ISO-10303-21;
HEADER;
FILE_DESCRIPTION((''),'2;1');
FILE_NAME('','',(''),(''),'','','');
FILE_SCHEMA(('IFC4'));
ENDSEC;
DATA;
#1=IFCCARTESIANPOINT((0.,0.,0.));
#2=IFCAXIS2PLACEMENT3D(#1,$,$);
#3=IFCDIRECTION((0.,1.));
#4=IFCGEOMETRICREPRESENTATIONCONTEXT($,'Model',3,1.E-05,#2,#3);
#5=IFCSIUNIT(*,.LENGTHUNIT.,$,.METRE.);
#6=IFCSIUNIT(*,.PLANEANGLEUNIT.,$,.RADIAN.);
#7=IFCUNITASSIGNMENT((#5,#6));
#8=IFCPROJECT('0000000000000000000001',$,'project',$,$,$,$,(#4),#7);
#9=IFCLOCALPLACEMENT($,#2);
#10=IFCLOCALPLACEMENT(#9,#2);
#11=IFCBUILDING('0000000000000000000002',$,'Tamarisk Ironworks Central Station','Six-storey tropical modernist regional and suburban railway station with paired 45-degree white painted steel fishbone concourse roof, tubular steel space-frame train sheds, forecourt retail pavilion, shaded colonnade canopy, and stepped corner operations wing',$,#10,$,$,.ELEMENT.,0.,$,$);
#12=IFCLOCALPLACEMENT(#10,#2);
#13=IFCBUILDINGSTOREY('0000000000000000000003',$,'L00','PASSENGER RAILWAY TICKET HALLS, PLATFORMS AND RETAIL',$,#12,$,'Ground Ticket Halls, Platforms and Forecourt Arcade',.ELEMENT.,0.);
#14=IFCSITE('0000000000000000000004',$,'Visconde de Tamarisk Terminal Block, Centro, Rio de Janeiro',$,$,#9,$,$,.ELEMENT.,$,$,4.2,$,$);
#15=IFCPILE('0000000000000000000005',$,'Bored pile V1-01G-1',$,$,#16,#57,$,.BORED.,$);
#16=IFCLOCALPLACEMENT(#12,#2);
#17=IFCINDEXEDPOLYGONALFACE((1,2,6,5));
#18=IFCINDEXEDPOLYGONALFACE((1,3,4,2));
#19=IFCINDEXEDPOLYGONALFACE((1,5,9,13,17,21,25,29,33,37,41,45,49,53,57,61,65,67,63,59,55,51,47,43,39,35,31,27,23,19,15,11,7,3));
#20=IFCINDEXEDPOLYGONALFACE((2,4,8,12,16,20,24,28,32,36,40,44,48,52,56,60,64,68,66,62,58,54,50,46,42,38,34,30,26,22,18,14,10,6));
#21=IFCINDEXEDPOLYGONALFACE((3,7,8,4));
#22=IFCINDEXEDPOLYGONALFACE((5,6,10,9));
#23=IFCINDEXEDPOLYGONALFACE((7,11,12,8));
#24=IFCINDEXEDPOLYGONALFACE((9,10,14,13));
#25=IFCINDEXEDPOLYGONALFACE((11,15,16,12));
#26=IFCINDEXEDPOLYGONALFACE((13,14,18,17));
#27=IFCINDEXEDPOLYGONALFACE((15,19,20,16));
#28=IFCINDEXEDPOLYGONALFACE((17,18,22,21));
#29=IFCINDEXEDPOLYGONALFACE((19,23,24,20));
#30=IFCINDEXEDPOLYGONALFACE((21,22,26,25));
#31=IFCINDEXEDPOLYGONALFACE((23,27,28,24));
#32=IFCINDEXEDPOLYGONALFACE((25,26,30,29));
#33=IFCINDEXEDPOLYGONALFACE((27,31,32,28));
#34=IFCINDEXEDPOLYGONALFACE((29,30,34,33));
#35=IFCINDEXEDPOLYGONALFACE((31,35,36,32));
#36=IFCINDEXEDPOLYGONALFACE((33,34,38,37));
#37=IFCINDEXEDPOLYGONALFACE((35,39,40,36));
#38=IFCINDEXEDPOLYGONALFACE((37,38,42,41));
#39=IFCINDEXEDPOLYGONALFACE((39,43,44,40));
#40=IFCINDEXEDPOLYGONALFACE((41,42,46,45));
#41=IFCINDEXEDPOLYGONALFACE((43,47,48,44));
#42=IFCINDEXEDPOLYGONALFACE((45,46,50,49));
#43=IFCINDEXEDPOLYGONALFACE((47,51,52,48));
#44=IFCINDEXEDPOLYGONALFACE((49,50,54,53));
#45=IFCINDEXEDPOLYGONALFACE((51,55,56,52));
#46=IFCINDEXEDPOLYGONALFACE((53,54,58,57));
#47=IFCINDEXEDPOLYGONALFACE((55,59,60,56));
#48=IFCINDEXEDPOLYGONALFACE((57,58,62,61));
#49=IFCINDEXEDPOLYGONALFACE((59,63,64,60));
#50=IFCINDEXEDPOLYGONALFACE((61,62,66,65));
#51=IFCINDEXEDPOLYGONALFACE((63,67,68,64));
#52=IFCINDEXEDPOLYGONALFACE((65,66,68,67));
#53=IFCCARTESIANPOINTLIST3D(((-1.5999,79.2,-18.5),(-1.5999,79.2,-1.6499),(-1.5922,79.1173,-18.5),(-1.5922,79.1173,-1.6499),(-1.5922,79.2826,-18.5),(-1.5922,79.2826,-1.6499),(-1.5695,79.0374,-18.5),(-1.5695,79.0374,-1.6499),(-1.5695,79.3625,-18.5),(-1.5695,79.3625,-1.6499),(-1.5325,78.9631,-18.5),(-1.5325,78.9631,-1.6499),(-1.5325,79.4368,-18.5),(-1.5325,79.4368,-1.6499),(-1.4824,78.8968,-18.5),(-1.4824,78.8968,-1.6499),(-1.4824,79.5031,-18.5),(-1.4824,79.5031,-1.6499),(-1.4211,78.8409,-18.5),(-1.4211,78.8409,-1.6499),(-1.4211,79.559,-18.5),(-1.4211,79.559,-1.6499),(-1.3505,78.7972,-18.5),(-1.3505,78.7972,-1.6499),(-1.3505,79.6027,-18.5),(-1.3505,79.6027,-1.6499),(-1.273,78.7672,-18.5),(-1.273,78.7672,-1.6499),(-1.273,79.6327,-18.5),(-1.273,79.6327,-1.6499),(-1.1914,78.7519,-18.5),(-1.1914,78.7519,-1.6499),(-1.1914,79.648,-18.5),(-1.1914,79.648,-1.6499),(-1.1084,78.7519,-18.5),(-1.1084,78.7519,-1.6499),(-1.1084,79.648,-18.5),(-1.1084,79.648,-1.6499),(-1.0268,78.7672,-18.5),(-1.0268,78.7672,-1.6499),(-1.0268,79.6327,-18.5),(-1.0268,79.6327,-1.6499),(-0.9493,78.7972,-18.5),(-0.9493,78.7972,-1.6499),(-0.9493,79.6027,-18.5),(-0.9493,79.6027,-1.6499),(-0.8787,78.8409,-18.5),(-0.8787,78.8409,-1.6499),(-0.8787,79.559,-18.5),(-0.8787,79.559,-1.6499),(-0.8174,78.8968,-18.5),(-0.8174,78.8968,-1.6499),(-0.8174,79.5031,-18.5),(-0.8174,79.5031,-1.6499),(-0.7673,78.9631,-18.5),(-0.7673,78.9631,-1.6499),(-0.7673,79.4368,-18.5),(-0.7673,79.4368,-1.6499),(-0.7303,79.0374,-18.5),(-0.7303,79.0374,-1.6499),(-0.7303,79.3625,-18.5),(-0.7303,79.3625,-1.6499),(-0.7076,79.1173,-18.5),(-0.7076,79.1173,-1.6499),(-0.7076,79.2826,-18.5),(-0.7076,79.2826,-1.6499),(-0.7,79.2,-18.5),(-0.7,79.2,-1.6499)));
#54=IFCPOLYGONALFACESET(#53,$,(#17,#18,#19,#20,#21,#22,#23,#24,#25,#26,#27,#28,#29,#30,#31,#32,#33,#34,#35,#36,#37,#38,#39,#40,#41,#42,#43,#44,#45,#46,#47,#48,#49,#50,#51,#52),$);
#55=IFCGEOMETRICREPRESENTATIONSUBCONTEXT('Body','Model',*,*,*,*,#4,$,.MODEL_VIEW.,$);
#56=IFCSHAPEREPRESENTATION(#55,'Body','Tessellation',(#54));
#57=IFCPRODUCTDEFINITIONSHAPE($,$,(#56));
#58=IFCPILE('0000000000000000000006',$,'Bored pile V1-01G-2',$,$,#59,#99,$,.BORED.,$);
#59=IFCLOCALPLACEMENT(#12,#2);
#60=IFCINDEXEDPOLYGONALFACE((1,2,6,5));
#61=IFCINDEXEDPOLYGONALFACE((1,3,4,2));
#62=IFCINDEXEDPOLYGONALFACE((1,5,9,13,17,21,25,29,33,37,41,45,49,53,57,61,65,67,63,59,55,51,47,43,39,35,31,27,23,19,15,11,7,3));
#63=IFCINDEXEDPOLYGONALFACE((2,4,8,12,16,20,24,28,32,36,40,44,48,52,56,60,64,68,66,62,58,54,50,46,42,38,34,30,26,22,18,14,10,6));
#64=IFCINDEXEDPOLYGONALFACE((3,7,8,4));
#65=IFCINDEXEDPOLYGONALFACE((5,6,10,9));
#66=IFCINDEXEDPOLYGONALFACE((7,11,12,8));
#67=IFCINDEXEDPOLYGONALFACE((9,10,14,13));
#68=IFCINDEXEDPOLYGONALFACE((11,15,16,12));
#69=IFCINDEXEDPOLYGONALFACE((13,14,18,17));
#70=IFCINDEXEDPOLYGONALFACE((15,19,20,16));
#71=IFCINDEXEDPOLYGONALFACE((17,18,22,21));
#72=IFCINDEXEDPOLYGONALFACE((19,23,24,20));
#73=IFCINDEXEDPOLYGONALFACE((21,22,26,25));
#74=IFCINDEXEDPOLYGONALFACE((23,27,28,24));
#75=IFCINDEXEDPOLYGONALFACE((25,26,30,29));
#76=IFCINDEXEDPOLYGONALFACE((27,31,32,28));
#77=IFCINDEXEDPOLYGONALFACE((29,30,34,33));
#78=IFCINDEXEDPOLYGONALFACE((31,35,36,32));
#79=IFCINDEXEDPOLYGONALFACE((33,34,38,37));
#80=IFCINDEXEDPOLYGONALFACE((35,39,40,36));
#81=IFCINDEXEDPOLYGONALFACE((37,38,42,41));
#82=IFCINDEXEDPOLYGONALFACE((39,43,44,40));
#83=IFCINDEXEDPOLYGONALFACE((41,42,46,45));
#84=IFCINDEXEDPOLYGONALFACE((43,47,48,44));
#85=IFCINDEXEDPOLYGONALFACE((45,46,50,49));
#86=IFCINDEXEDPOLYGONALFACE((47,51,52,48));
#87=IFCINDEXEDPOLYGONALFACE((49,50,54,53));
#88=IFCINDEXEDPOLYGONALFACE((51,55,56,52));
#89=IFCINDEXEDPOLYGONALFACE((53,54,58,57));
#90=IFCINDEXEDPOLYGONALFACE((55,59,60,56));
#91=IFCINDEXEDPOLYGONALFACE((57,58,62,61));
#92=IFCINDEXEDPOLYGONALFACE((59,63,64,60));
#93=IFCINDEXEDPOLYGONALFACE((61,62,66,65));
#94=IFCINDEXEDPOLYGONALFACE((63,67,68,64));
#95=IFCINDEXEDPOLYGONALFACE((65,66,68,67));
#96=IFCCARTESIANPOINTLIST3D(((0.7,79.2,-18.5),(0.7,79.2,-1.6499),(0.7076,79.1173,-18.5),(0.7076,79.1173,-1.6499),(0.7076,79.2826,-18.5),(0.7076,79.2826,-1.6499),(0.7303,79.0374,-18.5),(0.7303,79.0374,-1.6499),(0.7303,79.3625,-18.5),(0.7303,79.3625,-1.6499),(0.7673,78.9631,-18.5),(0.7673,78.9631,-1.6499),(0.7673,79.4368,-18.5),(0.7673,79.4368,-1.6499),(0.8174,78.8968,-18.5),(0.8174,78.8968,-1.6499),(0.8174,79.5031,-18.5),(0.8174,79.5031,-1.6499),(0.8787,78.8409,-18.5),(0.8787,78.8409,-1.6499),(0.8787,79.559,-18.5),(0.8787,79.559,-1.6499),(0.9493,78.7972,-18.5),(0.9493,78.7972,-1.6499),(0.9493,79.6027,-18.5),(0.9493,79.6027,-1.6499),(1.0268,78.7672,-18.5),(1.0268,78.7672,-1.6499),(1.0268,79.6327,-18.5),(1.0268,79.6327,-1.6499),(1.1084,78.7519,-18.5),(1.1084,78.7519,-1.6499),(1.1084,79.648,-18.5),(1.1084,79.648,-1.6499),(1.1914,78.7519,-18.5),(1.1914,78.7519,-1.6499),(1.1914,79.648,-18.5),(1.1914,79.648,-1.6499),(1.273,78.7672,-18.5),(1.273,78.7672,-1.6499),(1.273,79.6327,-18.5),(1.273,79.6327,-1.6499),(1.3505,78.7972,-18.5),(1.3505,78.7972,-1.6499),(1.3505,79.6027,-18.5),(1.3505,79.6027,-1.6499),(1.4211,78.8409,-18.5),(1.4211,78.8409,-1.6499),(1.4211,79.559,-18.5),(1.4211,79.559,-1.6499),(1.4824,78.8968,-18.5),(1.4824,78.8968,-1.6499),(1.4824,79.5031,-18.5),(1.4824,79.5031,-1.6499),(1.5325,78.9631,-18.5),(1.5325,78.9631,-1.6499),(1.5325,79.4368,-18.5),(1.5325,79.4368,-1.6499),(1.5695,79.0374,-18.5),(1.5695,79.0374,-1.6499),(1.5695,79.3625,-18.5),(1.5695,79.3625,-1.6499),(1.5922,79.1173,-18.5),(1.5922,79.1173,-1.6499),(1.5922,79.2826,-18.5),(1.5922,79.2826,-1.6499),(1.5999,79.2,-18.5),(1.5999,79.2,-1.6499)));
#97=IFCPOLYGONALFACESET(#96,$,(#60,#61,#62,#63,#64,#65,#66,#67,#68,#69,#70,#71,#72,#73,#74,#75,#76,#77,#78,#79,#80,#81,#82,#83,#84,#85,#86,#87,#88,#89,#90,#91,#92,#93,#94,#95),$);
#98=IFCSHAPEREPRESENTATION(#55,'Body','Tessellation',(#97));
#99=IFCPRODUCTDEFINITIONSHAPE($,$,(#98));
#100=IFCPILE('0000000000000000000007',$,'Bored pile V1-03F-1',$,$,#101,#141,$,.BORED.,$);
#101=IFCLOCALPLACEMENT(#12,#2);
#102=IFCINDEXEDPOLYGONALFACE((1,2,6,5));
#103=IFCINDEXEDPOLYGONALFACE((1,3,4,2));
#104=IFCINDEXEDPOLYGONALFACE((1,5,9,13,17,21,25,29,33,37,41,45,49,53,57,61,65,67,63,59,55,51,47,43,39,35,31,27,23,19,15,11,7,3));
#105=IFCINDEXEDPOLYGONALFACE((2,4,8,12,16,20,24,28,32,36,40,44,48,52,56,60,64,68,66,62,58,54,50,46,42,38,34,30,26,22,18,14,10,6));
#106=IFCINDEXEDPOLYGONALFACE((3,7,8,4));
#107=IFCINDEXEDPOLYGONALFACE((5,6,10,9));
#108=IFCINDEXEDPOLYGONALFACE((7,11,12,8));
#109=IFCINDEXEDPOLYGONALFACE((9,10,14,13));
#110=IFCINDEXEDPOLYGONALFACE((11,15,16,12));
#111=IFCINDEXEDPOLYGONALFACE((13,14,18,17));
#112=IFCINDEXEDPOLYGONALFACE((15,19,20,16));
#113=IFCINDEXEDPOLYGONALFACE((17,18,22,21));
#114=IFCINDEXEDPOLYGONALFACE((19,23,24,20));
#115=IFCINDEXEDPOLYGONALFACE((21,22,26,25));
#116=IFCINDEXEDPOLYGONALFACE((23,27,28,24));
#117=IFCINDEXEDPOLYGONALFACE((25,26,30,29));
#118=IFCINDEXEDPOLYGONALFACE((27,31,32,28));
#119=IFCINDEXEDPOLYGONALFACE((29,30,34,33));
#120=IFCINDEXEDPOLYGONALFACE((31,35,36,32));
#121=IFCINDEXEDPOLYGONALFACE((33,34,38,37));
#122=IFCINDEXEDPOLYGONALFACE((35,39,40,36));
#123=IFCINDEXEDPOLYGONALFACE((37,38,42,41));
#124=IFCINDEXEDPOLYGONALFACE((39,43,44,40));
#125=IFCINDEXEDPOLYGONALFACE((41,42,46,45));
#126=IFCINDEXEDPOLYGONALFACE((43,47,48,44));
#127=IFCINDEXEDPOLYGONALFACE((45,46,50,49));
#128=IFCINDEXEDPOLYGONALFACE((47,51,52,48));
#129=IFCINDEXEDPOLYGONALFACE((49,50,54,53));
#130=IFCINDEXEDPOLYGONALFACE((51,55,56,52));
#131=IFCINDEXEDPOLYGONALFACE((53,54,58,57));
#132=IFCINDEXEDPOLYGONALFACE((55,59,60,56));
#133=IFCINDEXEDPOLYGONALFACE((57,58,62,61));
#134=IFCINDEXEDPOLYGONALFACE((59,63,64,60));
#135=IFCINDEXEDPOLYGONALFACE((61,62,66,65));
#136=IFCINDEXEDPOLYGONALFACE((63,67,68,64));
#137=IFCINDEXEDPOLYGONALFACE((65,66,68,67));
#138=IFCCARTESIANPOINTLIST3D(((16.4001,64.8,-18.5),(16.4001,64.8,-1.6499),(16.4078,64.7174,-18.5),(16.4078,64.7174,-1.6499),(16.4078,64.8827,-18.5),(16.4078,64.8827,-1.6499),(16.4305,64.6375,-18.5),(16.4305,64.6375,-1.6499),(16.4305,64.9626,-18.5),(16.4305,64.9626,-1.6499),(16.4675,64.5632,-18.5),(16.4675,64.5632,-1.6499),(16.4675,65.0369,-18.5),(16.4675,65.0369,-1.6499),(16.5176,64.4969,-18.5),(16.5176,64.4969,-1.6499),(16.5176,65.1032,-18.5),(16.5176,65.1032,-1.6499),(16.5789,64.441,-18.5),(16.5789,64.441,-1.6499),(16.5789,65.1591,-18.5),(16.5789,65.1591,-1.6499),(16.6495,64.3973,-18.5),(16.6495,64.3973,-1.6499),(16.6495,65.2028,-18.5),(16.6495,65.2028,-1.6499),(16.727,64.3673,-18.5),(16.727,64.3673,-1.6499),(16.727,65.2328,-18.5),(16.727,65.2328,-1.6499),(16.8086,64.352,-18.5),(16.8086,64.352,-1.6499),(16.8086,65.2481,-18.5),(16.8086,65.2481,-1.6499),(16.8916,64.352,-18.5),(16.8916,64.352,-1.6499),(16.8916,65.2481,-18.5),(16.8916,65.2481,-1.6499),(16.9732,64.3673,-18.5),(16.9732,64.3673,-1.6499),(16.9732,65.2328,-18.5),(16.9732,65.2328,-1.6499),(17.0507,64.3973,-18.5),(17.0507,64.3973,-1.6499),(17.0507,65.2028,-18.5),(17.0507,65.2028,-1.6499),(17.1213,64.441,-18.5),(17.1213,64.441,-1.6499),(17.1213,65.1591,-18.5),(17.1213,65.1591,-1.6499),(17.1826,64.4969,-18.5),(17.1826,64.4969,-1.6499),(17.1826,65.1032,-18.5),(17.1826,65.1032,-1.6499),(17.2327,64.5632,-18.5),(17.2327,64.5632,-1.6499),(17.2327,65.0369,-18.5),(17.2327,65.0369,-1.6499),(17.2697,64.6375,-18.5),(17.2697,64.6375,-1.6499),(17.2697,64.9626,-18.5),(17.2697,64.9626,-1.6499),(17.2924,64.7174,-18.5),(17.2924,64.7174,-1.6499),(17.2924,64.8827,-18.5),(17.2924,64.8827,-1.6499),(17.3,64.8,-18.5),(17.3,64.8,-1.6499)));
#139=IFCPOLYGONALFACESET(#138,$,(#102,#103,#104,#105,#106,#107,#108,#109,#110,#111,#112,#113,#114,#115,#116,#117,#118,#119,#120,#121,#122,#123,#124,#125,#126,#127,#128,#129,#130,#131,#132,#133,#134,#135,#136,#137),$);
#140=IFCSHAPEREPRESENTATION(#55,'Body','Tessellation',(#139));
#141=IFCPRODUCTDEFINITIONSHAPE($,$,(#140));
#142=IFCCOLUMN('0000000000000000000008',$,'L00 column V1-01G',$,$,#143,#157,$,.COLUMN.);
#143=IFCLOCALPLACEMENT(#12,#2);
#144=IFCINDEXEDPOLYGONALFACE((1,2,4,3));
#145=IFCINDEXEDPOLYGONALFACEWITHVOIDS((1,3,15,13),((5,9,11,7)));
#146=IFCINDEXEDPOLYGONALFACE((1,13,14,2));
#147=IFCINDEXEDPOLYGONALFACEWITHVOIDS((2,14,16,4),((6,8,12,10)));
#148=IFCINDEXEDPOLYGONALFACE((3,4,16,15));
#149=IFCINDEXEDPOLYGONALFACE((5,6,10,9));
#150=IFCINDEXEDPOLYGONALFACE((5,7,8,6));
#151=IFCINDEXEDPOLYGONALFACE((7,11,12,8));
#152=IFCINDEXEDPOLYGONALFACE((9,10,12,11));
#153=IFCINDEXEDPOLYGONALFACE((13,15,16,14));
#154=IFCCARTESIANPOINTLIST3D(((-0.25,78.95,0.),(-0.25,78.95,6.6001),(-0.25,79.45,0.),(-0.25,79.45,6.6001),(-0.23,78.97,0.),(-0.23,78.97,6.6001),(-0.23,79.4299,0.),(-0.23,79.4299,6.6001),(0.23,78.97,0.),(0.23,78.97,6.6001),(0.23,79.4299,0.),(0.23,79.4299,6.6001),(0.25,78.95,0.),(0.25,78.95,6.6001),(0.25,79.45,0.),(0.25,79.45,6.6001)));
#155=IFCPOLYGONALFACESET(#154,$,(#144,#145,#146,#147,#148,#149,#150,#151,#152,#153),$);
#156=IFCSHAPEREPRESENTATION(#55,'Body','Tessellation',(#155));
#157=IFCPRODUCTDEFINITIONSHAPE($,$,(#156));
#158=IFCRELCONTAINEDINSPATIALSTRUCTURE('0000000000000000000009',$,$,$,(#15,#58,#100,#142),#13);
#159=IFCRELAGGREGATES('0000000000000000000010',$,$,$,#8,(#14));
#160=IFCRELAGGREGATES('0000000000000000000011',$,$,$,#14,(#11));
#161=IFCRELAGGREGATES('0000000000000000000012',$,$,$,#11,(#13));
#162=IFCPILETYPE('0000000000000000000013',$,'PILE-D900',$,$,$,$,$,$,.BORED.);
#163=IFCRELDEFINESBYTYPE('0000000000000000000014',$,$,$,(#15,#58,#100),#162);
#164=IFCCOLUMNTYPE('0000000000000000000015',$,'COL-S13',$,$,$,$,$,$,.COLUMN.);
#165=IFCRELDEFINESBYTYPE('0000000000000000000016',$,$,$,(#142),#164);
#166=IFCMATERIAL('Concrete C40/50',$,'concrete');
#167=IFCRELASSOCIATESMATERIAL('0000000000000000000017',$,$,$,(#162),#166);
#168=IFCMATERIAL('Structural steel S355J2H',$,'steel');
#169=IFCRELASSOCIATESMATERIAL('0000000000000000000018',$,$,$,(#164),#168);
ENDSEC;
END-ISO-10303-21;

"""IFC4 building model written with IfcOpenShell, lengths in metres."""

from ifc_helpers import new_model, si_unit, direction, frame, origin, origin_2d, place, context, subcontext, project, spatial, hollow_rectangle, circle, extrude, material, material_profile, profile_set, type_object, element, save


model = new_model("IFC4")

# Units and contexts
model_context = context("Model", 3, precision=1e-05, world=origin(), true_north=direction((0.0, 1.0)))
body_context = subcontext(model_context, "Body", "Model", "MODEL_VIEW")
ifc_project = project(units=[si_unit("LENGTHUNIT", "METRE"), si_unit("PLANEANGLEUNIT", "RADIAN")], contexts=[model_context])

# Site, building, storey
site_placement = place(None, origin())
site = spatial("IfcSite", under=ifc_project, at=site_placement, Name="Visconde de Tamarisk Terminal Block, Centro, Rio de Janeiro", CompositionType="ELEMENT", RefElevation=4.2)
building_placement = place(site_placement, origin())
building = spatial("IfcBuilding", under=site, at=building_placement, Name="Tamarisk Ironworks Central Station", Description="Six-storey tropical modernist regional and suburban railway station with paired 45-degree white painted steel fishbone concourse roof, tubular steel space-frame train sheds, forecourt retail pavilion, shaded colonnade canopy, and stepped corner operations wing", CompositionType="ELEMENT", ElevationOfRefHeight=0.0)
storey_placement = place(building_placement, origin())
storey = spatial("IfcBuildingStorey", under=building, at=storey_placement, Name="L00", Description="PASSENGER RAILWAY TICKET HALLS, PLATFORMS AND RETAIL", LongName="Ground Ticket Halls, Platforms and Forecourt Arcade", CompositionType="ELEMENT", Elevation=0.0)

# Shared definitions
ifc_material_1 = material(Name="Concrete C40/50", Category="concrete")

# Piles
ifc_material_profile_1 = material_profile(ifc_material_1, circle(Radius=0.45, at=origin_2d()), Name="BORED PILE D900")
ifc_profile_set_1 = profile_set([ifc_material_profile_1], Name="Concrete C40/50")
pile_type_1 = type_object("IfcPileType", Name="PILE-D900", PredefinedType="BORED", material=ifc_profile_set_1)
for number, where, z_axis, x_axis, name in (
    (1, (-1.1499, 79.2, -1.6499), (0.0, 0.0, -1.0), (1.0, 0.0, 0.0), "Bored pile V1-01G-1"),
    (2, (1.1499, 79.2, -1.6499), (0.0, 0.0, -1.0), (1.0, 0.0, 0.0), "Bored pile V1-01G-2"),
    (3, (16.8501, 64.8, -1.6499), (0.0, 0.0, -1.0), (1.0, 0.0, 0.0), "Bored pile V1-03F-1"),
):
    element("IfcPile", number, at=place(storey_placement, frame(where, z_axis=z_axis, x_axis=x_axis)), inside=storey, type_object=pile_type_1, Name=name, PredefinedType="BORED", context=body_context, shape_type="SweptSolid", body=[
        extrude(circle(Radius=0.45, at=origin_2d()), origin(), (0.0, 0.0, 1.0), 16.8501),
    ])

# Column
ifc_material_2 = material(Name="Structural steel S355J2H", Category="steel")
ifc_material_profile_2 = material_profile(ifc_material_2, hollow_rectangle(XDim=0.5, YDim=0.5, WallThickness=0.02, at=origin_2d()), Name="SHS 500x500x20")
ifc_profile_set_2 = profile_set([ifc_material_profile_2], Name="Structural steel S355J2H")
column_type_1 = type_object("IfcColumnType", Name="COL-S13", PredefinedType="COLUMN", material=ifc_profile_set_2)
column_1_placement = place(storey_placement, frame((0.0, 79.2, 0.0), z_axis=(0.0, 0.0, 1.0), x_axis=(1.0, 0.0, 0.0)))
element("IfcColumn", 4, at=column_1_placement, inside=storey, type_object=column_type_1, Name="L00 column V1-01G", PredefinedType="COLUMN", context=body_context, shape_type="SweptSolid", body=[
    extrude(hollow_rectangle(XDim=0.5, YDim=0.5, WallThickness=0.02, at=origin_2d()), origin(), (0.0, 0.0, 1.0), 6.6001),
])

save(model, "model.ifc")
